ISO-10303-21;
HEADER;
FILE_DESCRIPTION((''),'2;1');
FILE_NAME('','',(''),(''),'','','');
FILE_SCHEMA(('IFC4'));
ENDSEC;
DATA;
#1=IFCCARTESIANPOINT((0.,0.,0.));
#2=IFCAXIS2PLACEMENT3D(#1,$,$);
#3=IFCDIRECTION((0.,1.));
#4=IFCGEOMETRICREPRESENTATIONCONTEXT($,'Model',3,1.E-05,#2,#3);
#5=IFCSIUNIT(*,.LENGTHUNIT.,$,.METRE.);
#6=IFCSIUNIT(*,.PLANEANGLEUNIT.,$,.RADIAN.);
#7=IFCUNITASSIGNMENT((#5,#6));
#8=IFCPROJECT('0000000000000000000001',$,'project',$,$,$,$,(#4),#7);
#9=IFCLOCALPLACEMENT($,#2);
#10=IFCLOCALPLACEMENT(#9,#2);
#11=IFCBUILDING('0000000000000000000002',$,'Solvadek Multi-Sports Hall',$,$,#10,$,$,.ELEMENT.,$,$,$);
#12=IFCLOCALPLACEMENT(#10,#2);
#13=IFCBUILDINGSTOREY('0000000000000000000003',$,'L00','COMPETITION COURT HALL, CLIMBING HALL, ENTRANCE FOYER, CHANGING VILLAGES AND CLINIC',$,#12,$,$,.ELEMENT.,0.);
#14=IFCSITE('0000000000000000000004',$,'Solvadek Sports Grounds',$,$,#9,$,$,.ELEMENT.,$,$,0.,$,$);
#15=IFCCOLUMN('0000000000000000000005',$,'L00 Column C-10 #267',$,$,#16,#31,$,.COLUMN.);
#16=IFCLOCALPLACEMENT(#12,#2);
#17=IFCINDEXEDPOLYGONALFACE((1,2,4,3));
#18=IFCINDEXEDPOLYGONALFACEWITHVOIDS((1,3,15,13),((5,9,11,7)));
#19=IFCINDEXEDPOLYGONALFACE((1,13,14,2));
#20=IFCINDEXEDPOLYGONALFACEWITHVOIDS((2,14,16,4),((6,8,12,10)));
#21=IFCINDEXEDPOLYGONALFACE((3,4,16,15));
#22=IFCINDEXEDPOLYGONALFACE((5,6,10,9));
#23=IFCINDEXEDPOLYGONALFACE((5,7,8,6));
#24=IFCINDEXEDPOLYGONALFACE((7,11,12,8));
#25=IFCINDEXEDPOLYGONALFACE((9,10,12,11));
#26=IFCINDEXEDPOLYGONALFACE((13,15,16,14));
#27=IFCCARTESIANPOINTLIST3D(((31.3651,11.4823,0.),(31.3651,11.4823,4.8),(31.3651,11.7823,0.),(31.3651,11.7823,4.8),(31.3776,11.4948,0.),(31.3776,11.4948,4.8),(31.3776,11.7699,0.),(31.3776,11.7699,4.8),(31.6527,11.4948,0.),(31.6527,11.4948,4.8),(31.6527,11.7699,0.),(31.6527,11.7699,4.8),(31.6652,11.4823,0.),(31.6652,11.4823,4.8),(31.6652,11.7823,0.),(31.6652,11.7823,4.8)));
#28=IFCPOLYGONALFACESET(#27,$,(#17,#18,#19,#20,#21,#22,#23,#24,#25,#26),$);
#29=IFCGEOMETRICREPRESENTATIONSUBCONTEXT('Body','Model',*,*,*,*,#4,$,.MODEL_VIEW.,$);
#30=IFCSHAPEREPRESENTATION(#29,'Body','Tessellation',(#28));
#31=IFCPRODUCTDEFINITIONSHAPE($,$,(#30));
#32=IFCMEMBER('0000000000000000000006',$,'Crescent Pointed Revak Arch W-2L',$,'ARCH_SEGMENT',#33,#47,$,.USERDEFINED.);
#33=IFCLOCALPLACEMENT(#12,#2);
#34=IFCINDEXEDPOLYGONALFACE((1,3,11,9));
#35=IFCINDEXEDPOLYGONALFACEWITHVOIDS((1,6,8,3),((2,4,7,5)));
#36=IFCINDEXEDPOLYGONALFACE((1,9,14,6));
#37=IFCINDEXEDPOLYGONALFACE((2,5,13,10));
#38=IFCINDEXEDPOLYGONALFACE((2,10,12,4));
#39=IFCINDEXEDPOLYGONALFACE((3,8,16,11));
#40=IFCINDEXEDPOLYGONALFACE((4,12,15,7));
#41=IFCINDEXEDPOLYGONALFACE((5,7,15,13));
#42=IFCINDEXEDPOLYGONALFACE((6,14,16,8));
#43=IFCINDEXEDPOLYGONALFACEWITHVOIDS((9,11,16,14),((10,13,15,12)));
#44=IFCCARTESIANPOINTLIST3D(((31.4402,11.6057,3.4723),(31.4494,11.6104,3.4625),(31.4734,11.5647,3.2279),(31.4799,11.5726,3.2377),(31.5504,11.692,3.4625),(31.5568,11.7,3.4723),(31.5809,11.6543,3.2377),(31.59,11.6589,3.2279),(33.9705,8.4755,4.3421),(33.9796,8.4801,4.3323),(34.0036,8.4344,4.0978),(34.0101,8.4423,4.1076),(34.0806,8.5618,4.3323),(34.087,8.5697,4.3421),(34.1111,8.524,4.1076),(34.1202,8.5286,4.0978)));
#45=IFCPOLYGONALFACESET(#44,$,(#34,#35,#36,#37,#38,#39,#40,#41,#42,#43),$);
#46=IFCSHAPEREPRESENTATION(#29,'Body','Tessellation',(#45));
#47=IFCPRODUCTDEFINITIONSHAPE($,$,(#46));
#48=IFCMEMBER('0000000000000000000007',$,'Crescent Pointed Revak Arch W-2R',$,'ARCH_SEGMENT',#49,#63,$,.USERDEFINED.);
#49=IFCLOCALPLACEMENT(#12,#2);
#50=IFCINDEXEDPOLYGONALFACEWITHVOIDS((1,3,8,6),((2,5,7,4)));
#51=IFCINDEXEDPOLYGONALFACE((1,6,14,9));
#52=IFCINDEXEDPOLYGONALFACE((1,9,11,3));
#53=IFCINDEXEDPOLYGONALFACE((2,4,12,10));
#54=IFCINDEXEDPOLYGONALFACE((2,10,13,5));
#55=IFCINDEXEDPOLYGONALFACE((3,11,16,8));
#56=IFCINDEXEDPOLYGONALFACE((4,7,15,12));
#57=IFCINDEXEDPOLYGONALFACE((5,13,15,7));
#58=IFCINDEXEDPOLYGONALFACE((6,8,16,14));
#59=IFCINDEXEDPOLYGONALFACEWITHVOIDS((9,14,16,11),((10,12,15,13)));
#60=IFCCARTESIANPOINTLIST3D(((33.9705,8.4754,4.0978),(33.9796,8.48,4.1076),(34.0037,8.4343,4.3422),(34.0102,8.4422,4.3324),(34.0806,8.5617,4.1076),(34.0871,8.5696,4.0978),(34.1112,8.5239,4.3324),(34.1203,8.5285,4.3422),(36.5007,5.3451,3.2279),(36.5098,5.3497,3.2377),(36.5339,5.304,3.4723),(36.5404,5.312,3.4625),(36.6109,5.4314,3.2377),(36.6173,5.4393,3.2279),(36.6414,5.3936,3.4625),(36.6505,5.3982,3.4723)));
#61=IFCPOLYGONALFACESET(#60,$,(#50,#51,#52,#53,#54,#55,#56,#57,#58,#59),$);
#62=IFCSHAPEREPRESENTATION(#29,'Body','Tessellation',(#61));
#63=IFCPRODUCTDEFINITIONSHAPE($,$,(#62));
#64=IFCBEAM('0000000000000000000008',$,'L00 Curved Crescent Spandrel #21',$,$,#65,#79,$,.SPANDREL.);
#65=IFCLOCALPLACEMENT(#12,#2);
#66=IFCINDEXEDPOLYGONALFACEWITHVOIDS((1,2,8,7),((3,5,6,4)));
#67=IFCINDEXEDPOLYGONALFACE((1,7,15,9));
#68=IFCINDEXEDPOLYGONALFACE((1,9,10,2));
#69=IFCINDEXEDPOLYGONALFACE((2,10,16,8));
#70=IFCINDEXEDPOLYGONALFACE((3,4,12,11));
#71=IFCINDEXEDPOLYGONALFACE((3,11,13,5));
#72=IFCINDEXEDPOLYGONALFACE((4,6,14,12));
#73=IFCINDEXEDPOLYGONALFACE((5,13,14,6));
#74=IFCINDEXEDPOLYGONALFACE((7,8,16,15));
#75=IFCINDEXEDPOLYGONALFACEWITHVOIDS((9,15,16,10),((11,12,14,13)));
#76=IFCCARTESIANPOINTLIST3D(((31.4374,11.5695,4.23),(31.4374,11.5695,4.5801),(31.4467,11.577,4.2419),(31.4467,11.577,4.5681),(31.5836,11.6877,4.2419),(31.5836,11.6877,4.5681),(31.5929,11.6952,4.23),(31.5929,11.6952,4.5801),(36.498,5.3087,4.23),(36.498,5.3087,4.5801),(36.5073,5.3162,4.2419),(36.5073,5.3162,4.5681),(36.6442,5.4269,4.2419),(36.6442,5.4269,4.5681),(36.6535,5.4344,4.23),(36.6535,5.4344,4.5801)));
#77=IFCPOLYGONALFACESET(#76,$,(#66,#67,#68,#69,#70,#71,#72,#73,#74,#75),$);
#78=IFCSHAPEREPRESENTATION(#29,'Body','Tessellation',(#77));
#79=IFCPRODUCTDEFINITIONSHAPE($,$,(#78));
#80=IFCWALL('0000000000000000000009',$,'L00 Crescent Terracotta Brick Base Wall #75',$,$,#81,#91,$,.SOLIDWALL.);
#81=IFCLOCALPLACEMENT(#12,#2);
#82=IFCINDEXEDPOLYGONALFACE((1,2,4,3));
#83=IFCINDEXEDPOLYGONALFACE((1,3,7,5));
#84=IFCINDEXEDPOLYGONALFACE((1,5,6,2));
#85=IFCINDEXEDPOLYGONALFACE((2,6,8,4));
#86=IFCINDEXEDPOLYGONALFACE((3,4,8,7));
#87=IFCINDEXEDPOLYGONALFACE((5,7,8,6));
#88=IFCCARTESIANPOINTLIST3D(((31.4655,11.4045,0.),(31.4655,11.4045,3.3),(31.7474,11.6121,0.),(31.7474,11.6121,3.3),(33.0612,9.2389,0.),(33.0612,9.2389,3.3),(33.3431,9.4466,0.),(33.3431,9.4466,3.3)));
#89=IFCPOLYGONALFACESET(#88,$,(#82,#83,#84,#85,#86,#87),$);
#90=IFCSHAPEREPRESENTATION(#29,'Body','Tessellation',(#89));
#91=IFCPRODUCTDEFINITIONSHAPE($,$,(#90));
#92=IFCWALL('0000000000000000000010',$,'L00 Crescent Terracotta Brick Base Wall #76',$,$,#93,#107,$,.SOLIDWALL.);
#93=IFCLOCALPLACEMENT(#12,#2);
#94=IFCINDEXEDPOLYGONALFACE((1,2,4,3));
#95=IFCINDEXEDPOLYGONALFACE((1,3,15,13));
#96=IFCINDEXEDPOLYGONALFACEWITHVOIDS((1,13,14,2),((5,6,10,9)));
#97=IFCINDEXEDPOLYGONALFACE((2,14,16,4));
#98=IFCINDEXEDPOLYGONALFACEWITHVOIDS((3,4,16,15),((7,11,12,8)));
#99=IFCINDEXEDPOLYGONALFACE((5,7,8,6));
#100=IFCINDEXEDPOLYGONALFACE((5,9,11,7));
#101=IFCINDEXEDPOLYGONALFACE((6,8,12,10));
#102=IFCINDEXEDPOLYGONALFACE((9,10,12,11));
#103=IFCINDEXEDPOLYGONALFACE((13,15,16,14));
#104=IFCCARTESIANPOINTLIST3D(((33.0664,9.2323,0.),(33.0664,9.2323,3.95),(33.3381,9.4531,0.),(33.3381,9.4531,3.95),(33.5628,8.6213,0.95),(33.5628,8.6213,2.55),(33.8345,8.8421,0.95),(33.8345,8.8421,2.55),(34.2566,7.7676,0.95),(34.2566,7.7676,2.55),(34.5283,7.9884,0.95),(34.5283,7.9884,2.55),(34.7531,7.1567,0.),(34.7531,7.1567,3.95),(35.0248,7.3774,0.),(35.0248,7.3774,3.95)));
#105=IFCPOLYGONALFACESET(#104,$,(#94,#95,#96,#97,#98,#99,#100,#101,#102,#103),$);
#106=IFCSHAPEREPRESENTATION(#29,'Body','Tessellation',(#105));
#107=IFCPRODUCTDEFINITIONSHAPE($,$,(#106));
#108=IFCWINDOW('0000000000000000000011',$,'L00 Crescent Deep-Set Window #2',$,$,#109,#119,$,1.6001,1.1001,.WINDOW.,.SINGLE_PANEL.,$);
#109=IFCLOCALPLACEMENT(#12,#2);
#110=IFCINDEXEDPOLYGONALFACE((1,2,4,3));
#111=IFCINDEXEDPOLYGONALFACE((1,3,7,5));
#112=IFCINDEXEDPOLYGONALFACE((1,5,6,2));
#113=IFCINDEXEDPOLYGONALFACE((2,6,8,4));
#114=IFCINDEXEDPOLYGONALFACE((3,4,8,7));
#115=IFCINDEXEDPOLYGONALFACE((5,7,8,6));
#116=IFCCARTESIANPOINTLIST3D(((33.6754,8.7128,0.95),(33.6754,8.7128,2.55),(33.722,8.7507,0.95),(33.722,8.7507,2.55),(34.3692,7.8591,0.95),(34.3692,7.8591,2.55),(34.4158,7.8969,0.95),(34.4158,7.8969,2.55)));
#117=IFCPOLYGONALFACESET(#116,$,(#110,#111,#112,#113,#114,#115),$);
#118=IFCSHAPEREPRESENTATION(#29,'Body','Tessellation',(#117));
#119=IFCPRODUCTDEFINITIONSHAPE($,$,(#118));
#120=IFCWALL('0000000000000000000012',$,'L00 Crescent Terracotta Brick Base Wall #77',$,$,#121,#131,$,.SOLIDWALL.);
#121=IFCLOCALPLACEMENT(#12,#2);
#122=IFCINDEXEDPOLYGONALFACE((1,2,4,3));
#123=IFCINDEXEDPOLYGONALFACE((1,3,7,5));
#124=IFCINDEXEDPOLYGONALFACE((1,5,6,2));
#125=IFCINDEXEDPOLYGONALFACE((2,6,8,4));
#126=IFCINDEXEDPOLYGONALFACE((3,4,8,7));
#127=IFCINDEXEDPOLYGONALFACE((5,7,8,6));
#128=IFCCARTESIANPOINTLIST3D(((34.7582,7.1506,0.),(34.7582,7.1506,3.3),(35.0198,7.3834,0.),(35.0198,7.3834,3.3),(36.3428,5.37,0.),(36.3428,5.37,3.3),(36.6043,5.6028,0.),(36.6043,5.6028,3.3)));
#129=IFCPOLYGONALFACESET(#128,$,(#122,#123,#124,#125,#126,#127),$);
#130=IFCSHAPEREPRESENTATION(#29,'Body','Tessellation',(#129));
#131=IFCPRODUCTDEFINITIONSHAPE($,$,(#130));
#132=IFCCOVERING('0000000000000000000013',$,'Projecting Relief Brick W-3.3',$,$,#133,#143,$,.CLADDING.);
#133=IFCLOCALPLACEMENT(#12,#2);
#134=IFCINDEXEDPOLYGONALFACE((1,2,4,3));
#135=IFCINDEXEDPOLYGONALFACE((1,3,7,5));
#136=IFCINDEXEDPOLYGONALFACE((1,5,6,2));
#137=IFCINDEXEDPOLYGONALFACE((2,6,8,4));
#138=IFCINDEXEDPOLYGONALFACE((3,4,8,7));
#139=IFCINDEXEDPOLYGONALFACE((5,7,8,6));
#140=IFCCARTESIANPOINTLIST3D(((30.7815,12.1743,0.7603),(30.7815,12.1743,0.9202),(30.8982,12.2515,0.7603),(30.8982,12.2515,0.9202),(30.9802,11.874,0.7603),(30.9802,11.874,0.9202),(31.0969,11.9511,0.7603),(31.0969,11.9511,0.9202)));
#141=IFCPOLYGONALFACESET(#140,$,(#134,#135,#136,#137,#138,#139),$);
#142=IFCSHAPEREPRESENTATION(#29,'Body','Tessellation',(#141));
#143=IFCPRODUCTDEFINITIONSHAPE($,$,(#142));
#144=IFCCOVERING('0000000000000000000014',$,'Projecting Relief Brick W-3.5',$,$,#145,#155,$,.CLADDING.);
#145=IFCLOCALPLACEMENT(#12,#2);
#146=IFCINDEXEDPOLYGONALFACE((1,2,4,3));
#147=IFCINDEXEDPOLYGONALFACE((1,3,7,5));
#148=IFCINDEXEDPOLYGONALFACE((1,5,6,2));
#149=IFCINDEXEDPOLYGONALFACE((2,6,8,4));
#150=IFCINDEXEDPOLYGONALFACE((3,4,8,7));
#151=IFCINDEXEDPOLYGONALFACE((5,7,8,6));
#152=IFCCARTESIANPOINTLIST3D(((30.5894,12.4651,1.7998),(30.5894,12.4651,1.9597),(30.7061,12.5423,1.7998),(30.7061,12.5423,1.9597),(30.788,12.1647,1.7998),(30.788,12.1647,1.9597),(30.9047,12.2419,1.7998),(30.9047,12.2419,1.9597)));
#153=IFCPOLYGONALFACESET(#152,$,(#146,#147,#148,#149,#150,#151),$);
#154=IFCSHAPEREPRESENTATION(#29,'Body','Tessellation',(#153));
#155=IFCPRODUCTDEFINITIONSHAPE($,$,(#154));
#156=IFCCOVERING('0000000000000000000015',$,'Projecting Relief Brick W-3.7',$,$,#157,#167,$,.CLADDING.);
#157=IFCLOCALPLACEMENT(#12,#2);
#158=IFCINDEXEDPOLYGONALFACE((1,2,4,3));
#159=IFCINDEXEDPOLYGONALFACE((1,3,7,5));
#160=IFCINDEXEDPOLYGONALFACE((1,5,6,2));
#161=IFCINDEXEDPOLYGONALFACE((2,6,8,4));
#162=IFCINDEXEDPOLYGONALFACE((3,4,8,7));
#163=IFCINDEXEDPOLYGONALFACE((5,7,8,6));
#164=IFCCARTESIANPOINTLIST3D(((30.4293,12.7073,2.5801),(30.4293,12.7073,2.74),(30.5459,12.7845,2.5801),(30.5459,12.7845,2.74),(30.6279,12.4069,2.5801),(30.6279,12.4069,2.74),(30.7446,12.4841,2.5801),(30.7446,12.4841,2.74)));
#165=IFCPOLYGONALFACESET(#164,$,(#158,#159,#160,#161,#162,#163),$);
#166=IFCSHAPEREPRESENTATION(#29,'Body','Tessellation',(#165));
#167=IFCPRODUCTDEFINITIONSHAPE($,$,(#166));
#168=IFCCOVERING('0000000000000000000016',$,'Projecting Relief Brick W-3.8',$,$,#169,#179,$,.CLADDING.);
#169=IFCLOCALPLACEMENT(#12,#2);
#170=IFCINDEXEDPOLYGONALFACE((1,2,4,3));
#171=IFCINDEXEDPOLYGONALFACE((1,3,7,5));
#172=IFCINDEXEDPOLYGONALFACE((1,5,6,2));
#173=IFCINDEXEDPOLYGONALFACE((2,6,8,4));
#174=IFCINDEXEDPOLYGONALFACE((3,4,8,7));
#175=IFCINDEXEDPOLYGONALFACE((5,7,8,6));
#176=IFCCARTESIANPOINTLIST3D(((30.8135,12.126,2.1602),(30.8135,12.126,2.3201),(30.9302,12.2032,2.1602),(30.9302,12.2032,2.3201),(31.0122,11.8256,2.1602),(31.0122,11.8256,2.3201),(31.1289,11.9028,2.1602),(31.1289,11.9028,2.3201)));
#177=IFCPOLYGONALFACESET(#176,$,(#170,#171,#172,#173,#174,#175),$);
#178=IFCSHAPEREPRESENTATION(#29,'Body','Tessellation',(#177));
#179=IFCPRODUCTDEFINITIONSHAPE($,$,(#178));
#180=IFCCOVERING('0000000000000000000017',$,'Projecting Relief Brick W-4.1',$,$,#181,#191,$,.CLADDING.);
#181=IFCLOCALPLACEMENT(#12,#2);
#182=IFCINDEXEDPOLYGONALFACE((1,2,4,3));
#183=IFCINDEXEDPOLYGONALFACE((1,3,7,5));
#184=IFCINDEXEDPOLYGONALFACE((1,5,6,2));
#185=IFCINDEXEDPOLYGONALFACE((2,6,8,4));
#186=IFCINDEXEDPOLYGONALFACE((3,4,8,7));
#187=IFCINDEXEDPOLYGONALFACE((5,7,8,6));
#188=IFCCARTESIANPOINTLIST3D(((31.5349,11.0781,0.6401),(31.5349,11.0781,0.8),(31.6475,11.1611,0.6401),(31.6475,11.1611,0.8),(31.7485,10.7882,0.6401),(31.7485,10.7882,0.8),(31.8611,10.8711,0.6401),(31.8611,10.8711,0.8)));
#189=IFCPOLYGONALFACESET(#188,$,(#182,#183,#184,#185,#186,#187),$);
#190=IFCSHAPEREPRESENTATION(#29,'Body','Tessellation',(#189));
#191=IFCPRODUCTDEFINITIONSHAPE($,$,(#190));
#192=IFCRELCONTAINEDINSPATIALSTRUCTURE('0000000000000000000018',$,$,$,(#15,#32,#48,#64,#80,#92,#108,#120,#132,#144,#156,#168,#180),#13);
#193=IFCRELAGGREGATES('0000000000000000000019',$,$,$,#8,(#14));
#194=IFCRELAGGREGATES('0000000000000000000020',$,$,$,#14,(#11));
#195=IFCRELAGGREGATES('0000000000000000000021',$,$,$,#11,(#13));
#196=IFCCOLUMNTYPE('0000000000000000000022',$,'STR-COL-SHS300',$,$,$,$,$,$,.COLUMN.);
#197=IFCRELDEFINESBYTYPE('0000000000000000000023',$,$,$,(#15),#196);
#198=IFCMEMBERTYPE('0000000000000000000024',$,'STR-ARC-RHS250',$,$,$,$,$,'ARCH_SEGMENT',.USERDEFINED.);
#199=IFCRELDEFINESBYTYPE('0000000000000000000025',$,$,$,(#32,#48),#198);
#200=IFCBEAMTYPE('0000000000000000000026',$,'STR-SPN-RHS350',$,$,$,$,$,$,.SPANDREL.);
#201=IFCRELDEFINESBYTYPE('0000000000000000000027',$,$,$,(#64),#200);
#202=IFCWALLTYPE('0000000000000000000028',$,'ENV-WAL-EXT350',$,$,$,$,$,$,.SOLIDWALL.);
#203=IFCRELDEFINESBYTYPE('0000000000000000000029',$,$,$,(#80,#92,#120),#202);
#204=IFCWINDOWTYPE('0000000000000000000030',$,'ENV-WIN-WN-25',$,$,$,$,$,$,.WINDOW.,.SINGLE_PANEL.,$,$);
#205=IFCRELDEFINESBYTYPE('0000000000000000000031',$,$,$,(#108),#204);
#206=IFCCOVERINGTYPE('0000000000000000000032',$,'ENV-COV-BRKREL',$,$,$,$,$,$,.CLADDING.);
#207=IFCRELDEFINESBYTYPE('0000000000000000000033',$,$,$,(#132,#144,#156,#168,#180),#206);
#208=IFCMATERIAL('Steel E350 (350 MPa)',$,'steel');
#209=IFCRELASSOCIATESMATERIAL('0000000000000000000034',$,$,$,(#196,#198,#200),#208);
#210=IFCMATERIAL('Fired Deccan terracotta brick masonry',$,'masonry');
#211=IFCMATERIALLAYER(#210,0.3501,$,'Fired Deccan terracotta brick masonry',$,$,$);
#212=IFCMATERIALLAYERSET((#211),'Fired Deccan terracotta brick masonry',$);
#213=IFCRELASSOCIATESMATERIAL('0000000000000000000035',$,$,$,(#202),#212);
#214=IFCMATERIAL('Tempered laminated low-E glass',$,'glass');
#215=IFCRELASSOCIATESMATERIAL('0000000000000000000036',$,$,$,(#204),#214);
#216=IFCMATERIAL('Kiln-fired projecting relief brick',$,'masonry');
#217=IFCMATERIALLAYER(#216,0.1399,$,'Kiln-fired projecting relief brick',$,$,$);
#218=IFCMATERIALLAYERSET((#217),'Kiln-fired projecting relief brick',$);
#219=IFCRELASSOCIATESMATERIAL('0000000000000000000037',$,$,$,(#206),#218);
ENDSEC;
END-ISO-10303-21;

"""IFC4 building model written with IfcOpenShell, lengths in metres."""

from ifc_helpers import new_model, si_unit, direction, frame, frame_2d, origin, origin_2d, place, context, subcontext, project, spatial, rectangle, hollow_rectangle, extrude, material, layer, layer_set, material_profile, profile_set, type_object, element, fill, save


model = new_model("IFC4")

# Units and contexts
model_context = context("Model", 3, precision=1e-05, world=origin(), true_north=direction((0.0, 1.0)))
body_context = subcontext(model_context, "Body", "Model", "MODEL_VIEW")
ifc_project = project(units=[si_unit("LENGTHUNIT", "METRE"), si_unit("PLANEANGLEUNIT", "RADIAN")], contexts=[model_context])

# Site, building, storey
site_placement = place(None, origin())
site = spatial("IfcSite", under=ifc_project, at=site_placement, Name="Solvadek Sports Grounds", CompositionType="ELEMENT", RefElevation=0.0)
building_placement = place(site_placement, origin())
building = spatial("IfcBuilding", under=site, at=building_placement, Name="Solvadek Multi-Sports Hall", CompositionType="ELEMENT")
storey_placement = place(building_placement, origin())
storey = spatial("IfcBuildingStorey", under=building, at=storey_placement, Name="L00", Description="COMPETITION COURT HALL, CLIMBING HALL, ENTRANCE FOYER, CHANGING VILLAGES AND CLINIC", CompositionType="ELEMENT", Elevation=0.0)

# Column
ifc_material_1 = material(Name="Steel E350 (350 MPa)", Category="steel")
ifc_material_profile_1 = material_profile(ifc_material_1, hollow_rectangle(XDim=0.3, YDim=0.3, WallThickness=0.0125, at=origin_2d()), Name="SHS 300x300x12.5")
ifc_profile_set_1 = profile_set([ifc_material_profile_1], Name="Steel E350 (350 MPa)")
column_type = type_object("IfcColumnType", Name="STR-COL-SHS300", PredefinedType="COLUMN", material=ifc_profile_set_1)
column_placement = place(storey_placement, frame((31.5151, 11.6323, 0.0), z_axis=(0.0, 0.0, 1.0), x_axis=(1.0, 0.0, 0.0)))
element("IfcColumn", 1, at=column_placement, inside=storey, type_object=column_type, Name="L00 Column C-10 #267", PredefinedType="COLUMN", context=body_context, shape_type="SweptSolid", body=[
    extrude(hollow_rectangle(XDim=0.3, YDim=0.3, WallThickness=0.0125, at=origin_2d()), origin(), (0.0, 0.0, 1.0), 4.8),
])

# Members
ifc_material_profile_2 = material_profile(ifc_material_1, hollow_rectangle(XDim=0.1499, YDim=0.25, WallThickness=0.01, at=origin_2d()), Name="RHS 250x150x10")
ifc_profile_set_2 = profile_set([ifc_material_profile_2], Name="Steel E350 (350 MPa)")
member_type = type_object("IfcMemberType", Name="STR-ARC-RHS250", ElementType="ARCH_SEGMENT", PredefinedType="USERDEFINED", material=ifc_profile_set_2)
for number, where, z_axis, x_axis, name in (
    (2, (31.5151, 11.6323, 3.3501), (0.614438, -0.760162, 0.211235), (0.777711, 0.628622, 0.0), "Crescent Pointed Revak Arch W-2L"),
    (3, (34.0454, 8.502, 4.22), (0.614438, -0.760162, -0.211235), (0.777711, 0.628622, 0.0), "Crescent Pointed Revak Arch W-2R"),
):
    element("IfcMember", number, at=place(storey_placement, frame(where, z_axis=z_axis, x_axis=x_axis)), inside=storey, type_object=member_type, Name=name, ObjectType="ARCH_SEGMENT", PredefinedType="USERDEFINED", context=body_context, shape_type="SweptSolid", body=[
        extrude(hollow_rectangle(XDim=0.1499, YDim=0.25, WallThickness=0.01, at=origin_2d()), origin(), (0.0, 0.0, 1.0), 4.1179),
    ])

# Beam
ifc_material_profile_3 = material_profile(ifc_material_1, hollow_rectangle(XDim=0.2, YDim=0.3501, WallThickness=0.012, at=origin_2d()), Name="RHS 350x200x12")
ifc_profile_set_3 = profile_set([ifc_material_profile_3], Name="Steel E350 (350 MPa)")
beam_type = type_object("IfcBeamType", Name="STR-SPN-RHS350", PredefinedType="SPANDREL", material=ifc_profile_set_3)
beam_placement = place(storey_placement, frame((31.5151, 11.6323, 4.405), z_axis=(0.628622, -0.777711, 0.0), x_axis=(0.777711, 0.628622, 0.0)))
element("IfcBeam", 4, at=beam_placement, inside=storey, type_object=beam_type, Name="L00 Curved Crescent Spandrel #21", PredefinedType="SPANDREL", context=body_context, shape_type="SweptSolid", body=[
    extrude(hollow_rectangle(XDim=0.2, YDim=0.3501, WallThickness=0.012, at=origin_2d()), origin(), (0.0, 0.0, 1.0), 8.0503),
])

# Wall
ifc_material_2 = material(Name="Fired Deccan terracotta brick masonry", Category="masonry")
ifc_layer_1 = layer(ifc_material_2, 0.3501, Name="Fired Deccan terracotta brick masonry")
ifc_layer_set_1 = layer_set([ifc_layer_1], Name="Fired Deccan terracotta brick masonry")
wall_type = type_object("IfcWallType", Name="ENV-WAL-EXT350", PredefinedType="SOLIDWALL", material=ifc_layer_set_1)
wall_1_placement = place(storey_placement, frame((31.6064, 11.5083, 0.0), z_axis=(0.0, 0.0, 1.0), x_axis=(0.593211, -0.805047, 0.0)))
element("IfcWall", 5, at=wall_1_placement, inside=storey, type_object=wall_type, Name="L00 Crescent Terracotta Brick Base Wall #75", PredefinedType="SOLIDWALL", context=body_context, shape_type="SweptSolid", body=[
    extrude(rectangle(XDim=2.6899, YDim=0.3501, at=frame_2d((1.345, 0.0))), origin(), (0.0, 0.0, 1.0), 3.3),
])

# Wall, opening, window
wall_2_placement = place(storey_placement, frame((33.2021, 9.3428, 0.0), z_axis=(0.0, 0.0, 1.0), x_axis=(0.630654, -0.776064, 0.0)))
wall_2 = element("IfcWall", 6, at=wall_2_placement, inside=storey, type_object=wall_type, Name="L00 Crescent Terracotta Brick Base Wall #76", PredefinedType="SOLIDWALL", context=body_context, shape_type="SweptSolid", body=[
    extrude(rectangle(XDim=2.6746, YDim=0.3501, at=frame_2d((1.3374, 0.0))), origin(), (0.0, 0.0, 1.0), 3.95),
])
opening_placement = place(wall_2_placement, frame((0.7874, 0.0, 0.95)))
opening = element("IfcOpeningElement", 7, at=opening_placement, cuts=wall_2, PredefinedType="OPENING", context=body_context, shape_type="SweptSolid", body=[
    extrude(rectangle(XDim=1.1001, YDim=1.6001, at=frame_2d((0.55, 0.8))), frame((0.0, 0.1851, 0.0), z_axis=(0.0, -1.0, 0.0), x_axis=(1.0, 0.0, 0.0)), (0.0, 0.0, 1.0), 0.3701),
])
ifc_material_3 = material(Name="Tempered laminated low-E glass", Category="glass")
window_type = type_object("IfcWindowType", Name="ENV-WIN-WN-25", PartitioningType="SINGLE_PANEL", PredefinedType="WINDOW", material=ifc_material_3)
window_placement = place(opening_placement, origin())
window = element("IfcWindow", 8, at=window_placement, inside=storey, type_object=window_type, Name="L00 Crescent Deep-Set Window #2", OverallHeight=1.6001, OverallWidth=1.1001, PartitioningType="SINGLE_PANEL", PredefinedType="WINDOW", context=body_context, shape_type="SweptSolid", body=[
    extrude(rectangle(XDim=1.1001, YDim=1.6001, at=frame_2d((0.55, 0.8))), frame((0.0, 0.03, 0.0), z_axis=(0.0, -1.0, 0.0), x_axis=(1.0, 0.0, 0.0)), (0.0, 0.0, 1.0), 0.0601),
])
fill(opening, window)

# Wall
wall_3_placement = place(storey_placement, frame((34.8889, 7.2671, 0.0), z_axis=(0.0, 0.0, 1.0), x_axis=(0.664783, -0.747036, 0.0)))
element("IfcWall", 9, at=wall_3_placement, inside=storey, type_object=wall_type, Name="L00 Crescent Terracotta Brick Base Wall #77", PredefinedType="SOLIDWALL", context=body_context, shape_type="SweptSolid", body=[
    extrude(rectangle(XDim=2.3835, YDim=0.3501, at=frame_2d((1.1919, 0.0))), origin(), (0.0, 0.0, 1.0), 3.3),
])

# Coverings
ifc_material_4 = material(Name="Kiln-fired projecting relief brick", Category="masonry")
ifc_layer_2 = layer(ifc_material_4, 0.1399, Name="Kiln-fired projecting relief brick")
ifc_layer_set_2 = layer_set([ifc_layer_2], Name="Kiln-fired projecting relief brick")
covering_type = type_object("IfcCoveringType", Name="ENV-COV-BRKREL", PredefinedType="CLADDING", material=ifc_layer_set_2)
for number, where, z_axis, x_axis, name in (
    (10, (30.9392, 12.0627, 0.7603), (0.0, 0.0, 1.0), (0.55161, -0.834102, 0.0), "Projecting Relief Brick W-3.3"),
    (11, (30.7471, 12.3535, 1.7998), (0.0, 0.0, 1.0), (0.55161, -0.834102, 0.0), "Projecting Relief Brick W-3.5"),
    (12, (30.5869, 12.5957, 2.5801), (0.0, 0.0, 1.0), (0.55161, -0.834102, 0.0), "Projecting Relief Brick W-3.7"),
    (13, (30.9712, 12.0144, 2.1602), (0.0, 0.0, 1.0), (0.55161, -0.834102, 0.0), "Projecting Relief Brick W-3.8"),
    (14, (31.698, 10.9746, 0.6401), (0.0, 0.0, 1.0), (0.593159, -0.805085, 0.0), "Projecting Relief Brick W-4.1"),
):
    element("IfcCovering", number, at=place(storey_placement, frame(where, z_axis=z_axis, x_axis=x_axis)), inside=storey, type_object=covering_type, Name=name, PredefinedType="CLADDING", context=body_context, shape_type="SweptSolid", body=[
        extrude(rectangle(XDim=0.3601, YDim=0.1399, at=origin_2d()), origin(), (0.0, 0.0, 1.0), 0.1599),
    ])

save(model, "model.ifc")
